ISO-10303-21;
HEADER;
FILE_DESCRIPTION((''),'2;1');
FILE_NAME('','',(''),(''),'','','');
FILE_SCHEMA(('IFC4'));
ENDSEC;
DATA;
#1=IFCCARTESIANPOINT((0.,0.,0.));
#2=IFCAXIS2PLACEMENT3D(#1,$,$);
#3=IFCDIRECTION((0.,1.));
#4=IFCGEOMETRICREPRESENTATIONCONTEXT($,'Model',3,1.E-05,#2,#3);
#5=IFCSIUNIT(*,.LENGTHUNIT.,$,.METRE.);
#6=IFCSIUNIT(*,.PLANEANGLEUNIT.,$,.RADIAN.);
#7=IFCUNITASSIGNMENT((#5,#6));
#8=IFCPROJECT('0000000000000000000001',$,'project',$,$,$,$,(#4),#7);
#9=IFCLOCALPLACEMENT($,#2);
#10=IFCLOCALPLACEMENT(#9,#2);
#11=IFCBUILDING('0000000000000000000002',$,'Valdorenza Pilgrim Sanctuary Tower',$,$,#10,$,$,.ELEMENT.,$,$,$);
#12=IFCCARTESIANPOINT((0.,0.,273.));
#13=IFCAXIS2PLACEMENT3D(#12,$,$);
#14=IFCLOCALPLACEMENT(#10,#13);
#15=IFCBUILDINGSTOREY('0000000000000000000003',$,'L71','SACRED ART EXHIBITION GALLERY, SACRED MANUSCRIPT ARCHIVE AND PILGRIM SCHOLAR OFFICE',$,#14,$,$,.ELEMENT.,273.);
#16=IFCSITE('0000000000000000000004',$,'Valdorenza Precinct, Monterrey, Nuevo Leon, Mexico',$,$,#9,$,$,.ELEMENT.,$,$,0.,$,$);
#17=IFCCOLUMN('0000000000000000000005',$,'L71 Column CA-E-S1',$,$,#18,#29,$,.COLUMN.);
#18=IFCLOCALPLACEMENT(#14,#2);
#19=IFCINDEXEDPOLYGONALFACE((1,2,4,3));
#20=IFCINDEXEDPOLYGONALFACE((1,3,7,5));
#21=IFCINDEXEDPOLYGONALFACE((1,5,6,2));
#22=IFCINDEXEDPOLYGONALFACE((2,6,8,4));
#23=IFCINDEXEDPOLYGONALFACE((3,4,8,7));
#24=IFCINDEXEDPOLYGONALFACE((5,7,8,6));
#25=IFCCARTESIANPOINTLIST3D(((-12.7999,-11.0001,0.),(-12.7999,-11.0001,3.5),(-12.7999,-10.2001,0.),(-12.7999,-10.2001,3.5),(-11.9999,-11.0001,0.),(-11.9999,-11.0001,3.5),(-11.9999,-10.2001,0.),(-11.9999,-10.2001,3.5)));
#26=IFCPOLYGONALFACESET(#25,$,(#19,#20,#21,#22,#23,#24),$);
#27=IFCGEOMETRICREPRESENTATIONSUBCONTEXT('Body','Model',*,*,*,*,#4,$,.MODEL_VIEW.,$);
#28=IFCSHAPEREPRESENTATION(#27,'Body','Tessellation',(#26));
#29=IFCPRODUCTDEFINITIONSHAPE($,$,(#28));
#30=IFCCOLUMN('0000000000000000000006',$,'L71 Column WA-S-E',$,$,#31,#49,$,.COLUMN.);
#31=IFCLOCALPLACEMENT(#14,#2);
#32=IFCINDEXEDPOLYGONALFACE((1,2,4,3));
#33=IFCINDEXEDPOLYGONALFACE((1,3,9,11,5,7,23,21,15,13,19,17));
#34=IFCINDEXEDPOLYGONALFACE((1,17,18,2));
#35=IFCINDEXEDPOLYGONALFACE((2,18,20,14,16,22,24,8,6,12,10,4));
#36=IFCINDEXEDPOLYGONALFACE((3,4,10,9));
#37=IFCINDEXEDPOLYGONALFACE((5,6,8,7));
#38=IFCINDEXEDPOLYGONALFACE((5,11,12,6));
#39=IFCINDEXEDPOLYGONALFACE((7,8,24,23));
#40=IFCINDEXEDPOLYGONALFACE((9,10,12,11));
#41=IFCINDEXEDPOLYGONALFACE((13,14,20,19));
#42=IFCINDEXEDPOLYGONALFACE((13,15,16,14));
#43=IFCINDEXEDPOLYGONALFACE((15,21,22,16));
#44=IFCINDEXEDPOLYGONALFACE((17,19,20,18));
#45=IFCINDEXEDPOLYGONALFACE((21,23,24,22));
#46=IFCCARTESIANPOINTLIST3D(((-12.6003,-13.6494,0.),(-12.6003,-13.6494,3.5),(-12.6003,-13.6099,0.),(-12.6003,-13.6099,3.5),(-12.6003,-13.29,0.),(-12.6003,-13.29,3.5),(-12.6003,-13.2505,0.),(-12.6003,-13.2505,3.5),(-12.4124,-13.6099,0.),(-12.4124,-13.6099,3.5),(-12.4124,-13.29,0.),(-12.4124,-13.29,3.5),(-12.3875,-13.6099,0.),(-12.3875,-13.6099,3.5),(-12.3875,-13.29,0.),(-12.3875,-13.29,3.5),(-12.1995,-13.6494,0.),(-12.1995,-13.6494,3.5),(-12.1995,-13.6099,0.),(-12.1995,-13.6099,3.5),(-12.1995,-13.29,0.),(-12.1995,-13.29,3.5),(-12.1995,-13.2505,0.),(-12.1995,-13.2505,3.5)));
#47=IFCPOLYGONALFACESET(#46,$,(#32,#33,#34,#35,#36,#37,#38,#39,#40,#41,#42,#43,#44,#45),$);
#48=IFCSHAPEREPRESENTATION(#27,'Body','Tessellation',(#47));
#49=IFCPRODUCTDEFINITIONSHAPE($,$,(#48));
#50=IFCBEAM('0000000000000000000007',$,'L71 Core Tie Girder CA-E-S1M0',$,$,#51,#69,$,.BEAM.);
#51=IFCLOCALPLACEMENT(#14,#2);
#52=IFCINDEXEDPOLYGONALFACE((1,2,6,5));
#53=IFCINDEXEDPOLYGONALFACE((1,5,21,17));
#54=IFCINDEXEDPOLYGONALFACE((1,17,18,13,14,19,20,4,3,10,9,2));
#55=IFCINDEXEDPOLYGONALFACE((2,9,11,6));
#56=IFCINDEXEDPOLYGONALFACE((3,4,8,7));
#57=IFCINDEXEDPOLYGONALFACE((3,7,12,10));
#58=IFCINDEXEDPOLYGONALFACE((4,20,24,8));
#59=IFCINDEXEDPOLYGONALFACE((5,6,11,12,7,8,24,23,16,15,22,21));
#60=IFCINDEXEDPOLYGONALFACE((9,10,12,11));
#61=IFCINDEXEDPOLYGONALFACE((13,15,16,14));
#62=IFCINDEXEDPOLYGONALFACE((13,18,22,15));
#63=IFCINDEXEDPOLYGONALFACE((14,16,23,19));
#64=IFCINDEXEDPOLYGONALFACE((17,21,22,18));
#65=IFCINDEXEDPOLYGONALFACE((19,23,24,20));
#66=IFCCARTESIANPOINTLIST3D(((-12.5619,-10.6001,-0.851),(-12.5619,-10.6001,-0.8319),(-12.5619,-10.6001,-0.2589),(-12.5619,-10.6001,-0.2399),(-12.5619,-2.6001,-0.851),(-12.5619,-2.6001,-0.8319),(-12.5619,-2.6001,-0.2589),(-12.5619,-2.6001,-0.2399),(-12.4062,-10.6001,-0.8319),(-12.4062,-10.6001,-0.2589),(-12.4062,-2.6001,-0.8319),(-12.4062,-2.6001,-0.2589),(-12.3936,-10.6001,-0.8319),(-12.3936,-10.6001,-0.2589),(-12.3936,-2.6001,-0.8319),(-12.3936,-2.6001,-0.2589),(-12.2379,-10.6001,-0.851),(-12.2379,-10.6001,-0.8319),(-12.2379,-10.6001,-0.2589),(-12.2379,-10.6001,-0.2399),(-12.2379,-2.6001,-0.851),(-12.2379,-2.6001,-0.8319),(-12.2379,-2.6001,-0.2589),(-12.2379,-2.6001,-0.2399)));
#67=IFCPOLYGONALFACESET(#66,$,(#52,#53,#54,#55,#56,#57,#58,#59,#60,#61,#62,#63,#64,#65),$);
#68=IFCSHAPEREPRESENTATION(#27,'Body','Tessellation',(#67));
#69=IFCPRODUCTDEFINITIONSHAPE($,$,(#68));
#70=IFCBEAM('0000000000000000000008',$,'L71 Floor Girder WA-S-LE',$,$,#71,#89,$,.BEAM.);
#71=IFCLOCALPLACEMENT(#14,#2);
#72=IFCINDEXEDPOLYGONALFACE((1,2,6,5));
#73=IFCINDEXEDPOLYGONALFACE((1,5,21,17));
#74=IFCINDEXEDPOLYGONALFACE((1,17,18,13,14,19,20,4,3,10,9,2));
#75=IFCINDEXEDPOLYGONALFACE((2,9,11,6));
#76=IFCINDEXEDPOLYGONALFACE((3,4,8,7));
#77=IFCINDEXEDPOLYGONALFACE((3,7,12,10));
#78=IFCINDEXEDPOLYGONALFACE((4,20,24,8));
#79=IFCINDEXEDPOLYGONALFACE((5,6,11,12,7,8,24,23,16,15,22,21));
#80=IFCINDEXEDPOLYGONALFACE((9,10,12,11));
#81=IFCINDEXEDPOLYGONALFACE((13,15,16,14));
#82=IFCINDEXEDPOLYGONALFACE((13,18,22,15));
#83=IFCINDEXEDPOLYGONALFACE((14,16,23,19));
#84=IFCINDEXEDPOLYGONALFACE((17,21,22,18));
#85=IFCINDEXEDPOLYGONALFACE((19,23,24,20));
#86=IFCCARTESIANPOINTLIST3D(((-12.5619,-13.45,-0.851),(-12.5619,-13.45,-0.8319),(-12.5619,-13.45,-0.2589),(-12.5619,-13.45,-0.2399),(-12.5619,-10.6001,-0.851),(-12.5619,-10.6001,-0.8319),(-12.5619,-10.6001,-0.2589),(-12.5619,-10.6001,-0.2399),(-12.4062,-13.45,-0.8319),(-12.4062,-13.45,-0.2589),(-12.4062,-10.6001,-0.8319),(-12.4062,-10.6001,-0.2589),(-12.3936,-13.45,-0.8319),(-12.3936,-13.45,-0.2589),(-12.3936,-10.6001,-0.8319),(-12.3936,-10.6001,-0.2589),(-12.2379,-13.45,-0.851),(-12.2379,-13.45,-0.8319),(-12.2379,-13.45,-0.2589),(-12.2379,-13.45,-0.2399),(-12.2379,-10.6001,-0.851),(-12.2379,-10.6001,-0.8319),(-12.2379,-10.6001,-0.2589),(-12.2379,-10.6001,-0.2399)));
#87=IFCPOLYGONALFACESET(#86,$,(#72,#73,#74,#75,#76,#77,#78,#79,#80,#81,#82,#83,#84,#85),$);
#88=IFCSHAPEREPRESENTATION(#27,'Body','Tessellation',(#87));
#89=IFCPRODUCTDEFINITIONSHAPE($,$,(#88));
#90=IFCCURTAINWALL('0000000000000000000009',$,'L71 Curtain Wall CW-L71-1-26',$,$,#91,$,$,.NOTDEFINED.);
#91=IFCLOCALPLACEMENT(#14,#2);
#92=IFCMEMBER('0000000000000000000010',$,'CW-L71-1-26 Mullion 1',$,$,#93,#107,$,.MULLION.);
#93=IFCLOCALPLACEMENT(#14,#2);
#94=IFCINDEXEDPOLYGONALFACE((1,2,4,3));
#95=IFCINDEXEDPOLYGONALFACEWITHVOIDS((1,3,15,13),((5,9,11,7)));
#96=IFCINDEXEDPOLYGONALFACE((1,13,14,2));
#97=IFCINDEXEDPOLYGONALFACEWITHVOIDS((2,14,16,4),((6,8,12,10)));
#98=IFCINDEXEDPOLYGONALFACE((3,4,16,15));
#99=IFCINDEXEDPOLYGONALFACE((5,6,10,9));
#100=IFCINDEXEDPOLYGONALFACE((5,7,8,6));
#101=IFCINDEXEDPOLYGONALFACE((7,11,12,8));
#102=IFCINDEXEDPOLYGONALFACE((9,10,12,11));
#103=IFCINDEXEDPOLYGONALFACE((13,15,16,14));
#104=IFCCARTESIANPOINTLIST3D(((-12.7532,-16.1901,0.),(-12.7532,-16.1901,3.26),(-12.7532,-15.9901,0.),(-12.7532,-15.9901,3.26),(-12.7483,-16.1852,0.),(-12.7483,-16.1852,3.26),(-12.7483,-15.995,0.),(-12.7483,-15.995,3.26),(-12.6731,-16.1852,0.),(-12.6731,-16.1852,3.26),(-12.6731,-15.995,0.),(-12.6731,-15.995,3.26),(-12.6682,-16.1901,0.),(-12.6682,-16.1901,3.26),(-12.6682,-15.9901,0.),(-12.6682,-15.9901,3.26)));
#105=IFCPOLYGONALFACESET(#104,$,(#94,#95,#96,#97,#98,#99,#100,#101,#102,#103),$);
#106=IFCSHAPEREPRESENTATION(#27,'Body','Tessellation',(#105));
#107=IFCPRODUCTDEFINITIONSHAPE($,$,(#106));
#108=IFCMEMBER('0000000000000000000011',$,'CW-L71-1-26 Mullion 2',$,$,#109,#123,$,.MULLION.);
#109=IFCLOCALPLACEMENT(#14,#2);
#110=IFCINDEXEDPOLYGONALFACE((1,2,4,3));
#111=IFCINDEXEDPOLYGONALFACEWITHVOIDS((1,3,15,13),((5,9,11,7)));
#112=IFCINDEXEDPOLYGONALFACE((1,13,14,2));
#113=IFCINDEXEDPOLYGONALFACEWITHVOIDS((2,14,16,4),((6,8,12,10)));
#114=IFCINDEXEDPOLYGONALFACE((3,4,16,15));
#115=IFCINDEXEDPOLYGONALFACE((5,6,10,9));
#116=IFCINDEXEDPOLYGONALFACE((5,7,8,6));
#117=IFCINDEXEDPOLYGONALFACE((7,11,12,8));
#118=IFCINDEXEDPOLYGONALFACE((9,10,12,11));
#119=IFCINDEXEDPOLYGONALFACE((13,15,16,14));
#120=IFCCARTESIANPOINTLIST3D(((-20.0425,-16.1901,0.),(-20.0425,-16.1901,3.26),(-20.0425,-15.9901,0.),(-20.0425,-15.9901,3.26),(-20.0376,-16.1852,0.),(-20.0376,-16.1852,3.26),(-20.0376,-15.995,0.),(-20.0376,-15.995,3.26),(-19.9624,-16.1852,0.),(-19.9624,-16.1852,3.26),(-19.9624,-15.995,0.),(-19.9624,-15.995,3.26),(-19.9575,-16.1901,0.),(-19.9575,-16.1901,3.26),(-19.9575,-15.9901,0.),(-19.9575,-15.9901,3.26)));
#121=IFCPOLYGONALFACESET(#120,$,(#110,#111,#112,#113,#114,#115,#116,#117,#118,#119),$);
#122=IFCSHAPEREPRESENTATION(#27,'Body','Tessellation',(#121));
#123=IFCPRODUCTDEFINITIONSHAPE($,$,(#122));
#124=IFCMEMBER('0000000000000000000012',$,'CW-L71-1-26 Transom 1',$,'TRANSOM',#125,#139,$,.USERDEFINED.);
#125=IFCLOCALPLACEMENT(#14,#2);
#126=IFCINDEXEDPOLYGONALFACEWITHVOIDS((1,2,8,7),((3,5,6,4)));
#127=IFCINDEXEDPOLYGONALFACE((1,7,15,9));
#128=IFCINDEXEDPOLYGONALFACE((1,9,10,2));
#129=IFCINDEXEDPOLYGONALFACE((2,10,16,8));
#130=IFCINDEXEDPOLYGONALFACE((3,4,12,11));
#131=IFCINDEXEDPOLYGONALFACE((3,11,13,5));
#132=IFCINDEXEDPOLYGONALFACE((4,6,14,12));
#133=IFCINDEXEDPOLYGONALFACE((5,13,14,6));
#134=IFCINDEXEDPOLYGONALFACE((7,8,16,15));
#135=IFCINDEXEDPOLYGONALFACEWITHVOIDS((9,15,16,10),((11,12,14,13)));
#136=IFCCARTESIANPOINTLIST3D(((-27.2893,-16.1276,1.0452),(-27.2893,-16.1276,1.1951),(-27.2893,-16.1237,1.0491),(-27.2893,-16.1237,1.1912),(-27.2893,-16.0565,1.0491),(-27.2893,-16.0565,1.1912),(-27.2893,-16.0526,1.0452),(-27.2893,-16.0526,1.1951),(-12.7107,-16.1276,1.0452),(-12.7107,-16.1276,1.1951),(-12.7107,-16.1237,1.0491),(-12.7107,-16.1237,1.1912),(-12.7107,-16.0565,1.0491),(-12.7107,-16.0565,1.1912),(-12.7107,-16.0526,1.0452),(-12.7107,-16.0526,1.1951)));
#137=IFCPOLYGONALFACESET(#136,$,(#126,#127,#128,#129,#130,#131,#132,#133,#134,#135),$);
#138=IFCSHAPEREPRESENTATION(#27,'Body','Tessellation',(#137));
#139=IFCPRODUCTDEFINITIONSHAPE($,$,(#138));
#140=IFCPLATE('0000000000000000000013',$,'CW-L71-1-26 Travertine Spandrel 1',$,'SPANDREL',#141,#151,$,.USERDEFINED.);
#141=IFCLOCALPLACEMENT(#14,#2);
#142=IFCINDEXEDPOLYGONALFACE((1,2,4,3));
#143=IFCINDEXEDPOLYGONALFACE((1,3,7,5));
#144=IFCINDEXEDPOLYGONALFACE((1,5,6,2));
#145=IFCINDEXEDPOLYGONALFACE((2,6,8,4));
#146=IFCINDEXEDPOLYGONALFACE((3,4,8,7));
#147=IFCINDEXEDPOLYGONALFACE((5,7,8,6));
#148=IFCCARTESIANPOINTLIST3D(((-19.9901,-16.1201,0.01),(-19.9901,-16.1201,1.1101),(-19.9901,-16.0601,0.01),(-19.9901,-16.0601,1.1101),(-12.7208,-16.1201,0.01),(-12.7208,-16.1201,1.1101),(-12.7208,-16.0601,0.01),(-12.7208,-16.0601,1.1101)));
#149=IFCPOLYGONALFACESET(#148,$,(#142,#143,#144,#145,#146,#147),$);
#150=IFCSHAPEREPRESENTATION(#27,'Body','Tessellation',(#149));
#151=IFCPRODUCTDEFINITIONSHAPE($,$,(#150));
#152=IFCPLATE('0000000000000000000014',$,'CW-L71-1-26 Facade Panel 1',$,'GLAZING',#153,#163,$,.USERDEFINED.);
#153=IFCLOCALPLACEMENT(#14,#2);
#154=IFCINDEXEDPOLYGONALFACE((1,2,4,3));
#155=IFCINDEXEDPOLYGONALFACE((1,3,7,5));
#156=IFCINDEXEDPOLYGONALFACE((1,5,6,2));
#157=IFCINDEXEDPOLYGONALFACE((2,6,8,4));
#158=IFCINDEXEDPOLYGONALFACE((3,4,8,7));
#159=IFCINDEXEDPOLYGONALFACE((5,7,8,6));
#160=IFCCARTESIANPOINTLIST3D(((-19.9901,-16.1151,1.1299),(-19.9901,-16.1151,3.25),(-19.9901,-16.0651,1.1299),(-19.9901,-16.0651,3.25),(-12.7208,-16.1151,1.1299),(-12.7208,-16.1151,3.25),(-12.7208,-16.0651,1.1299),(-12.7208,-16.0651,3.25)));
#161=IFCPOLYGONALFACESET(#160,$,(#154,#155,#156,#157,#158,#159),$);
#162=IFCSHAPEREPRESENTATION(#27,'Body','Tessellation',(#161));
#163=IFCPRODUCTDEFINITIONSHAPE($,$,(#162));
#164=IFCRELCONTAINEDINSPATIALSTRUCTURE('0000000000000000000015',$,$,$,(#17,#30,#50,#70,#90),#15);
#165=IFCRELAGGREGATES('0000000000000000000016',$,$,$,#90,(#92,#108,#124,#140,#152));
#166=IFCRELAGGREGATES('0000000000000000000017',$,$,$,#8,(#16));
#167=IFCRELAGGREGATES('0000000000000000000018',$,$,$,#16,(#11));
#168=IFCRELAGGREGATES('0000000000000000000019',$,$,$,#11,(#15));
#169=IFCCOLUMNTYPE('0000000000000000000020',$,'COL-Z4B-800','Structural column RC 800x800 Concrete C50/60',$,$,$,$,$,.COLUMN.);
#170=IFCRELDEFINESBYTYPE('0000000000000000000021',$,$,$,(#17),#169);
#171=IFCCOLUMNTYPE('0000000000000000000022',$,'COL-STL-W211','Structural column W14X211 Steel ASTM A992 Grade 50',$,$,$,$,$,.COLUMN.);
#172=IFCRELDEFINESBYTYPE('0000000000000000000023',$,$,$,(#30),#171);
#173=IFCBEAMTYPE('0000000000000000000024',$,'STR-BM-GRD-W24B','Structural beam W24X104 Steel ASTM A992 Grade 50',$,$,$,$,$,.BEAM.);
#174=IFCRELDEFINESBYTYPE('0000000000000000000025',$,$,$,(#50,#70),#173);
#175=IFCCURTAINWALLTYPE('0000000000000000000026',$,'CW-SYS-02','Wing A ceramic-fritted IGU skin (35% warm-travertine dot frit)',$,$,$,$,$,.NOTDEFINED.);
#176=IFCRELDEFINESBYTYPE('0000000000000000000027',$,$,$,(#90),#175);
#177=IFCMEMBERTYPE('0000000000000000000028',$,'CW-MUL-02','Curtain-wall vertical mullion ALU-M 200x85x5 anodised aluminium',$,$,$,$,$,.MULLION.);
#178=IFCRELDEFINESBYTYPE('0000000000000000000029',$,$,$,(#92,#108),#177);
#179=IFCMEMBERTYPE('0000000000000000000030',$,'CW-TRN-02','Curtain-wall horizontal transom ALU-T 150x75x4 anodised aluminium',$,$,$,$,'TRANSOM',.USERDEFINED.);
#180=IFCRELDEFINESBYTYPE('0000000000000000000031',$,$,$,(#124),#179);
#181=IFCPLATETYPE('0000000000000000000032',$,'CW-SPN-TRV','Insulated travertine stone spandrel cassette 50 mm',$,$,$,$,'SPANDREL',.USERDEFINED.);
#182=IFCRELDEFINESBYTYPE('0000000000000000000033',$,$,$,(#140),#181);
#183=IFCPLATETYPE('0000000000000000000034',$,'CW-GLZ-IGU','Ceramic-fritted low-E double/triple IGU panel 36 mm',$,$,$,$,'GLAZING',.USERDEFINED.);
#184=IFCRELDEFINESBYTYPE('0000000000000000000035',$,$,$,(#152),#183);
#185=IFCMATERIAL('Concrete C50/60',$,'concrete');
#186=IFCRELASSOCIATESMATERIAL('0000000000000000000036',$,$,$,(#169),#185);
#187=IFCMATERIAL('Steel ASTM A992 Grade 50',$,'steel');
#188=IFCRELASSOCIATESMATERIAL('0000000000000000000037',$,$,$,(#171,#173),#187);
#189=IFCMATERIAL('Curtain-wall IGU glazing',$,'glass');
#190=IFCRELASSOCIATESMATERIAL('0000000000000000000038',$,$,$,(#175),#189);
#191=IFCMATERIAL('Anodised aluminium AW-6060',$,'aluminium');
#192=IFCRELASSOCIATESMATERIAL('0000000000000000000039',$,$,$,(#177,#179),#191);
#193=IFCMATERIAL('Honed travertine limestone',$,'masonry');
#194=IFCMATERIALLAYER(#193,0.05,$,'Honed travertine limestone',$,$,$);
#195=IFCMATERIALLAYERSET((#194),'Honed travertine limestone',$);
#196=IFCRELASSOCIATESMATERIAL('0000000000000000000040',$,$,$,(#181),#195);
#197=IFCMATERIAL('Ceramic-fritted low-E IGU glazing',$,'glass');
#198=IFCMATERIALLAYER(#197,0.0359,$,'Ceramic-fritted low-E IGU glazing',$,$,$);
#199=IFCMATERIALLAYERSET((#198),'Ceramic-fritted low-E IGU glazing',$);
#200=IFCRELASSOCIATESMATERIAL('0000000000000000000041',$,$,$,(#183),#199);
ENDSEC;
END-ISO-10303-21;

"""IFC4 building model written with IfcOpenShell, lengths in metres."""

from ifc_helpers import new_model, si_unit, direction, frame, origin, origin_2d, place, context, subcontext, project, spatial, rectangle, hollow_rectangle, i_section, extrude, source, transform, mapped, material, layer, layer_set, material_profile, profile_set, type_object, element, aggregate, save


model = new_model("IFC4")

# Units and contexts
model_context = context("Model", 3, precision=1e-05, world=origin(), true_north=direction((0.0, 1.0)))
body_context = subcontext(model_context, "Body", "Model", "MODEL_VIEW")
ifc_project = project(units=[si_unit("LENGTHUNIT", "METRE"), si_unit("PLANEANGLEUNIT", "RADIAN")], contexts=[model_context])

# Site, building, storey
site_placement = place(None, origin())
site = spatial("IfcSite", under=ifc_project, at=site_placement, Name="Valdorenza Precinct, Monterrey, Nuevo Leon, Mexico", CompositionType="ELEMENT", RefElevation=0.0)
building_placement = place(site_placement, origin())
building = spatial("IfcBuilding", under=site, at=building_placement, Name="Valdorenza Pilgrim Sanctuary Tower", CompositionType="ELEMENT")
storey_placement = place(building_placement, frame((0.0, 0.0, 273.0)))
storey = spatial("IfcBuildingStorey", under=building, at=storey_placement, Name="L71", Description="SACRED ART EXHIBITION GALLERY, SACRED MANUSCRIPT ARCHIVE AND PILGRIM SCHOLAR OFFICE", CompositionType="ELEMENT", Elevation=273.0)

# Columns
ifc_material_1 = material(Name="Concrete C50/60", Category="concrete")
ifc_material_profile_1 = material_profile(ifc_material_1, rectangle(XDim=0.8, YDim=0.8, at=origin_2d()), Name="RC 800x800")
ifc_profile_set_1 = profile_set([ifc_material_profile_1], Name="Concrete C50/60")
column_type_1 = type_object("IfcColumnType", Name="COL-Z4B-800", Description="Structural column RC 800x800 Concrete C50/60", PredefinedType="COLUMN", material=ifc_profile_set_1)
shared_shape_1 = source(origin(), body_context, "Body", "SweptSolid", [
    extrude(rectangle(XDim=0.8, YDim=0.8, at=origin_2d()), origin(), (0.0, 0.0, 1.0), 3.5),
])
column_1_placement = place(storey_placement, frame((-12.3999, -10.6001, 0.0), z_axis=(0.0, 0.0, 1.0), x_axis=(1.0, 0.0, 0.0)))
element("IfcColumn", 1, at=column_1_placement, inside=storey, type_object=column_type_1, Name="L71 Column CA-E-S1", PredefinedType="COLUMN", context=body_context, shape_type="MappedRepresentation", body=[
    mapped(shared_shape_1, transform((0.0, 0.0, 0.0), x_axis=(1.0, 0.0, 0.0), y_axis=(0.0, 1.0, 0.0), z_axis=(0.0, 0.0, 1.0), scale=1.0)),
])
ifc_material_2 = material(Name="Steel ASTM A992 Grade 50", Category="steel")
ifc_material_profile_2 = material_profile(ifc_material_2, i_section(OverallWidth=0.4009, OverallDepth=0.3989, WebThickness=0.0249, FlangeThickness=0.0396, at=origin_2d()), Name="W14X211")
ifc_profile_set_2 = profile_set([ifc_material_profile_2], Name="Steel ASTM A992 Grade 50")
column_type_2 = type_object("IfcColumnType", Name="COL-STL-W211", Description="Structural column W14X211 Steel ASTM A992 Grade 50", PredefinedType="COLUMN", material=ifc_profile_set_2)
shared_shape_2 = source(origin(), body_context, "Body", "SweptSolid", [
    extrude(i_section(OverallWidth=0.4009, OverallDepth=0.3989, WebThickness=0.0249, FlangeThickness=0.0396, at=origin_2d()), origin(), (0.0, 0.0, 1.0), 3.5),
])
column_2_placement = place(storey_placement, frame((-12.3999, -13.45, 0.0), z_axis=(0.0, 0.0, 1.0), x_axis=(1.0, 0.0, 0.0)))
element("IfcColumn", 2, at=column_2_placement, inside=storey, type_object=column_type_2, Name="L71 Column WA-S-E", PredefinedType="COLUMN", context=body_context, shape_type="MappedRepresentation", body=[
    mapped(shared_shape_2, transform((0.0, 0.0, 0.0), x_axis=(1.0, 0.0, 0.0), y_axis=(0.0, 1.0, 0.0), z_axis=(0.0, 0.0, 1.0), scale=1.0)),
])

# Beams
ifc_material_profile_3 = material_profile(ifc_material_2, i_section(OverallWidth=0.324, OverallDepth=0.6111, WebThickness=0.0127, FlangeThickness=0.019, at=origin_2d()), Name="W24X104")
ifc_profile_set_3 = profile_set([ifc_material_profile_3], Name="Steel ASTM A992 Grade 50")
beam_type = type_object("IfcBeamType", Name="STR-BM-GRD-W24B", Description="Structural beam W24X104 Steel ASTM A992 Grade 50", PredefinedType="BEAM", material=ifc_profile_set_3)
shared_shape_3 = source(origin(), body_context, "Body", "SweptSolid", [
    extrude(i_section(OverallWidth=0.324, OverallDepth=0.6111, WebThickness=0.0127, FlangeThickness=0.019, at=origin_2d()), origin(), (0.0, 0.0, 1.0), 8.0),
])
beam_1_placement = place(storey_placement, frame((-12.3999, -10.6001, -0.5454), z_axis=(0.0, 1.0, 0.0), x_axis=(-1.0, 0.0, 0.0)))
element("IfcBeam", 3, at=beam_1_placement, inside=storey, type_object=beam_type, Name="L71 Core Tie Girder CA-E-S1M0", PredefinedType="BEAM", context=body_context, shape_type="MappedRepresentation", body=[
    mapped(shared_shape_3, transform((0.0, 0.0, 0.0), x_axis=(1.0, 0.0, 0.0), y_axis=(0.0, 1.0, 0.0), z_axis=(0.0, 0.0, 1.0), scale=1.0)),
])
shared_shape_4 = source(origin(), body_context, "Body", "SweptSolid", [
    extrude(i_section(OverallWidth=0.324, OverallDepth=0.6111, WebThickness=0.0127, FlangeThickness=0.019, at=origin_2d()), origin(), (0.0, 0.0, 1.0), 2.8499),
])
beam_2_placement = place(storey_placement, frame((-12.3999, -13.45, -0.5454), z_axis=(0.0, 1.0, 0.0), x_axis=(-1.0, 0.0, 0.0)))
element("IfcBeam", 4, at=beam_2_placement, inside=storey, type_object=beam_type, Name="L71 Floor Girder WA-S-LE", PredefinedType="BEAM", context=body_context, shape_type="MappedRepresentation", body=[
    mapped(shared_shape_4, transform((0.0, 0.0, 0.0), x_axis=(1.0, 0.0, 0.0), y_axis=(0.0, 1.0, 0.0), z_axis=(0.0, 0.0, 1.0), scale=1.0)),
])

# Curtain wall, members, plates
ifc_material_3 = material(Name="Curtain-wall IGU glazing", Category="glass")
curtain_wall_type = type_object("IfcCurtainWallType", Name="CW-SYS-02", Description="Wing A ceramic-fritted IGU skin (35% warm-travertine dot frit)", PredefinedType="NOTDEFINED", material=ifc_material_3)
curtain_wall_placement = place(storey_placement, origin())
curtain_wall = element("IfcCurtainWall", 5, at=curtain_wall_placement, inside=storey, type_object=curtain_wall_type, Name="L71 Curtain Wall CW-L71-1-26", PredefinedType="NOTDEFINED")
ifc_material_4 = material(Name="Anodised aluminium AW-6060", Category="aluminium")
ifc_material_profile_4 = material_profile(ifc_material_4, hollow_rectangle(XDim=0.085, YDim=0.2, WallThickness=0.0049, at=origin_2d()), Name="ALU-M 200x85x5")
ifc_profile_set_4 = profile_set([ifc_material_profile_4], Name="Anodised aluminium AW-6060")
member_type_1 = type_object("IfcMemberType", Name="CW-MUL-02", Description="Curtain-wall vertical mullion ALU-M 200x85x5 anodised aluminium", PredefinedType="MULLION", material=ifc_profile_set_4)
shared_shape_5 = source(origin(), body_context, "Body", "SweptSolid", [
    extrude(hollow_rectangle(XDim=0.085, YDim=0.2, WallThickness=0.0049, at=origin_2d()), origin(), (0.0, 0.0, 1.0), 3.26),
])
member_1_placement = place(storey_placement, frame((-12.7107, -16.0901, 0.0), z_axis=(0.0, 0.0, 1.0), x_axis=(-1.0, 0.0, 0.0)))
member_1 = element("IfcMember", 6, at=member_1_placement, type_object=member_type_1, Name="CW-L71-1-26 Mullion 1", PredefinedType="MULLION", context=body_context, shape_type="MappedRepresentation", body=[
    mapped(shared_shape_5, transform((0.0, 0.0, 0.0), x_axis=(1.0, 0.0, 0.0), y_axis=(0.0, 1.0, 0.0), z_axis=(0.0, 0.0, 1.0), scale=1.0)),
])
member_2_placement = place(storey_placement, frame((-20.0, -16.0901, 0.0), z_axis=(0.0, 0.0, 1.0), x_axis=(-1.0, 0.0, 0.0)))
member_2 = element("IfcMember", 7, at=member_2_placement, type_object=member_type_1, Name="CW-L71-1-26 Mullion 2", PredefinedType="MULLION", context=body_context, shape_type="MappedRepresentation", body=[
    mapped(shared_shape_5, transform((0.0, 0.0, 0.0), x_axis=(1.0, 0.0, 0.0), y_axis=(0.0, 1.0, 0.0), z_axis=(0.0, 0.0, 1.0), scale=1.0)),
])
ifc_material_profile_5 = material_profile(ifc_material_4, hollow_rectangle(XDim=0.075, YDim=0.1499, WallThickness=0.0039, at=origin_2d()), Name="ALU-T 150x75x4")
ifc_profile_set_5 = profile_set([ifc_material_profile_5], Name="Anodised aluminium AW-6060")
member_type_2 = type_object("IfcMemberType", Name="CW-TRN-02", Description="Curtain-wall horizontal transom ALU-T 150x75x4 anodised aluminium", ElementType="TRANSOM", PredefinedType="USERDEFINED", material=ifc_profile_set_5)
shared_shape_6 = source(origin(), body_context, "Body", "SweptSolid", [
    extrude(hollow_rectangle(XDim=0.075, YDim=0.1499, WallThickness=0.0039, at=origin_2d()), origin(), (0.0, 0.0, 1.0), 14.5786),
])
member_3_placement = place(storey_placement, frame((-12.7107, -16.0901, 1.1201), z_axis=(-1.0, 0.0, 0.0), x_axis=(0.0, -1.0, 0.0)))
member_3 = element("IfcMember", 8, at=member_3_placement, type_object=member_type_2, Name="CW-L71-1-26 Transom 1", ObjectType="TRANSOM", PredefinedType="USERDEFINED", context=body_context, shape_type="MappedRepresentation", body=[
    mapped(shared_shape_6, transform((0.0, 0.0, 0.0), x_axis=(1.0, 0.0, 0.0), y_axis=(0.0, 1.0, 0.0), z_axis=(0.0, 0.0, 1.0), scale=1.0)),
])
ifc_material_5 = material(Name="Honed travertine limestone", Category="masonry")
ifc_layer_1 = layer(ifc_material_5, 0.05, Name="Honed travertine limestone")
ifc_layer_set_1 = layer_set([ifc_layer_1], Name="Honed travertine limestone")
plate_type_1 = type_object("IfcPlateType", Name="CW-SPN-TRV", Description="Insulated travertine stone spandrel cassette 50 mm", ElementType="SPANDREL", PredefinedType="USERDEFINED", material=ifc_layer_set_1)
shared_shape_7 = source(origin(), body_context, "Body", "SweptSolid", [
    extrude(rectangle(XDim=7.2693, YDim=0.0601, at=origin_2d()), origin(), (0.0, 0.0, 1.0), 1.1001),
])
plate_1_placement = place(storey_placement, frame((-16.3555, -16.0901, 0.01), z_axis=(0.0, 0.0, 1.0), x_axis=(-1.0, 0.0, 0.0)))
plate_1 = element("IfcPlate", 9, at=plate_1_placement, type_object=plate_type_1, Name="CW-L71-1-26 Travertine Spandrel 1", ObjectType="SPANDREL", PredefinedType="USERDEFINED", context=body_context, shape_type="MappedRepresentation", body=[
    mapped(shared_shape_7, transform((0.0, 0.0, 0.0), x_axis=(1.0, 0.0, 0.0), y_axis=(0.0, 1.0, 0.0), z_axis=(0.0, 0.0, 1.0), scale=1.0)),
])
ifc_material_6 = material(Name="Ceramic-fritted low-E IGU glazing", Category="glass")
ifc_layer_2 = layer(ifc_material_6, 0.0359, Name="Ceramic-fritted low-E IGU glazing")
ifc_layer_set_2 = layer_set([ifc_layer_2], Name="Ceramic-fritted low-E IGU glazing")
plate_type_2 = type_object("IfcPlateType", Name="CW-GLZ-IGU", Description="Ceramic-fritted low-E double/triple IGU panel 36 mm", ElementType="GLAZING", PredefinedType="USERDEFINED", material=ifc_layer_set_2)
shared_shape_8 = source(origin(), body_context, "Body", "SweptSolid", [
    extrude(rectangle(XDim=7.2693, YDim=0.05, at=origin_2d()), origin(), (0.0, 0.0, 1.0), 2.1201),
])
plate_2_placement = place(storey_placement, frame((-16.3555, -16.0901, 1.1299), z_axis=(0.0, 0.0, 1.0), x_axis=(-1.0, 0.0, 0.0)))
plate_2 = element("IfcPlate", 10, at=plate_2_placement, type_object=plate_type_2, Name="CW-L71-1-26 Facade Panel 1", ObjectType="GLAZING", PredefinedType="USERDEFINED", context=body_context, shape_type="MappedRepresentation", body=[
    mapped(shared_shape_8, transform((0.0, 0.0, 0.0), x_axis=(1.0, 0.0, 0.0), y_axis=(0.0, 1.0, 0.0), z_axis=(0.0, 0.0, 1.0), scale=1.0)),
])
aggregate(curtain_wall, [member_1, member_2, member_3, plate_1, plate_2])

save(model, "model.ifc")
